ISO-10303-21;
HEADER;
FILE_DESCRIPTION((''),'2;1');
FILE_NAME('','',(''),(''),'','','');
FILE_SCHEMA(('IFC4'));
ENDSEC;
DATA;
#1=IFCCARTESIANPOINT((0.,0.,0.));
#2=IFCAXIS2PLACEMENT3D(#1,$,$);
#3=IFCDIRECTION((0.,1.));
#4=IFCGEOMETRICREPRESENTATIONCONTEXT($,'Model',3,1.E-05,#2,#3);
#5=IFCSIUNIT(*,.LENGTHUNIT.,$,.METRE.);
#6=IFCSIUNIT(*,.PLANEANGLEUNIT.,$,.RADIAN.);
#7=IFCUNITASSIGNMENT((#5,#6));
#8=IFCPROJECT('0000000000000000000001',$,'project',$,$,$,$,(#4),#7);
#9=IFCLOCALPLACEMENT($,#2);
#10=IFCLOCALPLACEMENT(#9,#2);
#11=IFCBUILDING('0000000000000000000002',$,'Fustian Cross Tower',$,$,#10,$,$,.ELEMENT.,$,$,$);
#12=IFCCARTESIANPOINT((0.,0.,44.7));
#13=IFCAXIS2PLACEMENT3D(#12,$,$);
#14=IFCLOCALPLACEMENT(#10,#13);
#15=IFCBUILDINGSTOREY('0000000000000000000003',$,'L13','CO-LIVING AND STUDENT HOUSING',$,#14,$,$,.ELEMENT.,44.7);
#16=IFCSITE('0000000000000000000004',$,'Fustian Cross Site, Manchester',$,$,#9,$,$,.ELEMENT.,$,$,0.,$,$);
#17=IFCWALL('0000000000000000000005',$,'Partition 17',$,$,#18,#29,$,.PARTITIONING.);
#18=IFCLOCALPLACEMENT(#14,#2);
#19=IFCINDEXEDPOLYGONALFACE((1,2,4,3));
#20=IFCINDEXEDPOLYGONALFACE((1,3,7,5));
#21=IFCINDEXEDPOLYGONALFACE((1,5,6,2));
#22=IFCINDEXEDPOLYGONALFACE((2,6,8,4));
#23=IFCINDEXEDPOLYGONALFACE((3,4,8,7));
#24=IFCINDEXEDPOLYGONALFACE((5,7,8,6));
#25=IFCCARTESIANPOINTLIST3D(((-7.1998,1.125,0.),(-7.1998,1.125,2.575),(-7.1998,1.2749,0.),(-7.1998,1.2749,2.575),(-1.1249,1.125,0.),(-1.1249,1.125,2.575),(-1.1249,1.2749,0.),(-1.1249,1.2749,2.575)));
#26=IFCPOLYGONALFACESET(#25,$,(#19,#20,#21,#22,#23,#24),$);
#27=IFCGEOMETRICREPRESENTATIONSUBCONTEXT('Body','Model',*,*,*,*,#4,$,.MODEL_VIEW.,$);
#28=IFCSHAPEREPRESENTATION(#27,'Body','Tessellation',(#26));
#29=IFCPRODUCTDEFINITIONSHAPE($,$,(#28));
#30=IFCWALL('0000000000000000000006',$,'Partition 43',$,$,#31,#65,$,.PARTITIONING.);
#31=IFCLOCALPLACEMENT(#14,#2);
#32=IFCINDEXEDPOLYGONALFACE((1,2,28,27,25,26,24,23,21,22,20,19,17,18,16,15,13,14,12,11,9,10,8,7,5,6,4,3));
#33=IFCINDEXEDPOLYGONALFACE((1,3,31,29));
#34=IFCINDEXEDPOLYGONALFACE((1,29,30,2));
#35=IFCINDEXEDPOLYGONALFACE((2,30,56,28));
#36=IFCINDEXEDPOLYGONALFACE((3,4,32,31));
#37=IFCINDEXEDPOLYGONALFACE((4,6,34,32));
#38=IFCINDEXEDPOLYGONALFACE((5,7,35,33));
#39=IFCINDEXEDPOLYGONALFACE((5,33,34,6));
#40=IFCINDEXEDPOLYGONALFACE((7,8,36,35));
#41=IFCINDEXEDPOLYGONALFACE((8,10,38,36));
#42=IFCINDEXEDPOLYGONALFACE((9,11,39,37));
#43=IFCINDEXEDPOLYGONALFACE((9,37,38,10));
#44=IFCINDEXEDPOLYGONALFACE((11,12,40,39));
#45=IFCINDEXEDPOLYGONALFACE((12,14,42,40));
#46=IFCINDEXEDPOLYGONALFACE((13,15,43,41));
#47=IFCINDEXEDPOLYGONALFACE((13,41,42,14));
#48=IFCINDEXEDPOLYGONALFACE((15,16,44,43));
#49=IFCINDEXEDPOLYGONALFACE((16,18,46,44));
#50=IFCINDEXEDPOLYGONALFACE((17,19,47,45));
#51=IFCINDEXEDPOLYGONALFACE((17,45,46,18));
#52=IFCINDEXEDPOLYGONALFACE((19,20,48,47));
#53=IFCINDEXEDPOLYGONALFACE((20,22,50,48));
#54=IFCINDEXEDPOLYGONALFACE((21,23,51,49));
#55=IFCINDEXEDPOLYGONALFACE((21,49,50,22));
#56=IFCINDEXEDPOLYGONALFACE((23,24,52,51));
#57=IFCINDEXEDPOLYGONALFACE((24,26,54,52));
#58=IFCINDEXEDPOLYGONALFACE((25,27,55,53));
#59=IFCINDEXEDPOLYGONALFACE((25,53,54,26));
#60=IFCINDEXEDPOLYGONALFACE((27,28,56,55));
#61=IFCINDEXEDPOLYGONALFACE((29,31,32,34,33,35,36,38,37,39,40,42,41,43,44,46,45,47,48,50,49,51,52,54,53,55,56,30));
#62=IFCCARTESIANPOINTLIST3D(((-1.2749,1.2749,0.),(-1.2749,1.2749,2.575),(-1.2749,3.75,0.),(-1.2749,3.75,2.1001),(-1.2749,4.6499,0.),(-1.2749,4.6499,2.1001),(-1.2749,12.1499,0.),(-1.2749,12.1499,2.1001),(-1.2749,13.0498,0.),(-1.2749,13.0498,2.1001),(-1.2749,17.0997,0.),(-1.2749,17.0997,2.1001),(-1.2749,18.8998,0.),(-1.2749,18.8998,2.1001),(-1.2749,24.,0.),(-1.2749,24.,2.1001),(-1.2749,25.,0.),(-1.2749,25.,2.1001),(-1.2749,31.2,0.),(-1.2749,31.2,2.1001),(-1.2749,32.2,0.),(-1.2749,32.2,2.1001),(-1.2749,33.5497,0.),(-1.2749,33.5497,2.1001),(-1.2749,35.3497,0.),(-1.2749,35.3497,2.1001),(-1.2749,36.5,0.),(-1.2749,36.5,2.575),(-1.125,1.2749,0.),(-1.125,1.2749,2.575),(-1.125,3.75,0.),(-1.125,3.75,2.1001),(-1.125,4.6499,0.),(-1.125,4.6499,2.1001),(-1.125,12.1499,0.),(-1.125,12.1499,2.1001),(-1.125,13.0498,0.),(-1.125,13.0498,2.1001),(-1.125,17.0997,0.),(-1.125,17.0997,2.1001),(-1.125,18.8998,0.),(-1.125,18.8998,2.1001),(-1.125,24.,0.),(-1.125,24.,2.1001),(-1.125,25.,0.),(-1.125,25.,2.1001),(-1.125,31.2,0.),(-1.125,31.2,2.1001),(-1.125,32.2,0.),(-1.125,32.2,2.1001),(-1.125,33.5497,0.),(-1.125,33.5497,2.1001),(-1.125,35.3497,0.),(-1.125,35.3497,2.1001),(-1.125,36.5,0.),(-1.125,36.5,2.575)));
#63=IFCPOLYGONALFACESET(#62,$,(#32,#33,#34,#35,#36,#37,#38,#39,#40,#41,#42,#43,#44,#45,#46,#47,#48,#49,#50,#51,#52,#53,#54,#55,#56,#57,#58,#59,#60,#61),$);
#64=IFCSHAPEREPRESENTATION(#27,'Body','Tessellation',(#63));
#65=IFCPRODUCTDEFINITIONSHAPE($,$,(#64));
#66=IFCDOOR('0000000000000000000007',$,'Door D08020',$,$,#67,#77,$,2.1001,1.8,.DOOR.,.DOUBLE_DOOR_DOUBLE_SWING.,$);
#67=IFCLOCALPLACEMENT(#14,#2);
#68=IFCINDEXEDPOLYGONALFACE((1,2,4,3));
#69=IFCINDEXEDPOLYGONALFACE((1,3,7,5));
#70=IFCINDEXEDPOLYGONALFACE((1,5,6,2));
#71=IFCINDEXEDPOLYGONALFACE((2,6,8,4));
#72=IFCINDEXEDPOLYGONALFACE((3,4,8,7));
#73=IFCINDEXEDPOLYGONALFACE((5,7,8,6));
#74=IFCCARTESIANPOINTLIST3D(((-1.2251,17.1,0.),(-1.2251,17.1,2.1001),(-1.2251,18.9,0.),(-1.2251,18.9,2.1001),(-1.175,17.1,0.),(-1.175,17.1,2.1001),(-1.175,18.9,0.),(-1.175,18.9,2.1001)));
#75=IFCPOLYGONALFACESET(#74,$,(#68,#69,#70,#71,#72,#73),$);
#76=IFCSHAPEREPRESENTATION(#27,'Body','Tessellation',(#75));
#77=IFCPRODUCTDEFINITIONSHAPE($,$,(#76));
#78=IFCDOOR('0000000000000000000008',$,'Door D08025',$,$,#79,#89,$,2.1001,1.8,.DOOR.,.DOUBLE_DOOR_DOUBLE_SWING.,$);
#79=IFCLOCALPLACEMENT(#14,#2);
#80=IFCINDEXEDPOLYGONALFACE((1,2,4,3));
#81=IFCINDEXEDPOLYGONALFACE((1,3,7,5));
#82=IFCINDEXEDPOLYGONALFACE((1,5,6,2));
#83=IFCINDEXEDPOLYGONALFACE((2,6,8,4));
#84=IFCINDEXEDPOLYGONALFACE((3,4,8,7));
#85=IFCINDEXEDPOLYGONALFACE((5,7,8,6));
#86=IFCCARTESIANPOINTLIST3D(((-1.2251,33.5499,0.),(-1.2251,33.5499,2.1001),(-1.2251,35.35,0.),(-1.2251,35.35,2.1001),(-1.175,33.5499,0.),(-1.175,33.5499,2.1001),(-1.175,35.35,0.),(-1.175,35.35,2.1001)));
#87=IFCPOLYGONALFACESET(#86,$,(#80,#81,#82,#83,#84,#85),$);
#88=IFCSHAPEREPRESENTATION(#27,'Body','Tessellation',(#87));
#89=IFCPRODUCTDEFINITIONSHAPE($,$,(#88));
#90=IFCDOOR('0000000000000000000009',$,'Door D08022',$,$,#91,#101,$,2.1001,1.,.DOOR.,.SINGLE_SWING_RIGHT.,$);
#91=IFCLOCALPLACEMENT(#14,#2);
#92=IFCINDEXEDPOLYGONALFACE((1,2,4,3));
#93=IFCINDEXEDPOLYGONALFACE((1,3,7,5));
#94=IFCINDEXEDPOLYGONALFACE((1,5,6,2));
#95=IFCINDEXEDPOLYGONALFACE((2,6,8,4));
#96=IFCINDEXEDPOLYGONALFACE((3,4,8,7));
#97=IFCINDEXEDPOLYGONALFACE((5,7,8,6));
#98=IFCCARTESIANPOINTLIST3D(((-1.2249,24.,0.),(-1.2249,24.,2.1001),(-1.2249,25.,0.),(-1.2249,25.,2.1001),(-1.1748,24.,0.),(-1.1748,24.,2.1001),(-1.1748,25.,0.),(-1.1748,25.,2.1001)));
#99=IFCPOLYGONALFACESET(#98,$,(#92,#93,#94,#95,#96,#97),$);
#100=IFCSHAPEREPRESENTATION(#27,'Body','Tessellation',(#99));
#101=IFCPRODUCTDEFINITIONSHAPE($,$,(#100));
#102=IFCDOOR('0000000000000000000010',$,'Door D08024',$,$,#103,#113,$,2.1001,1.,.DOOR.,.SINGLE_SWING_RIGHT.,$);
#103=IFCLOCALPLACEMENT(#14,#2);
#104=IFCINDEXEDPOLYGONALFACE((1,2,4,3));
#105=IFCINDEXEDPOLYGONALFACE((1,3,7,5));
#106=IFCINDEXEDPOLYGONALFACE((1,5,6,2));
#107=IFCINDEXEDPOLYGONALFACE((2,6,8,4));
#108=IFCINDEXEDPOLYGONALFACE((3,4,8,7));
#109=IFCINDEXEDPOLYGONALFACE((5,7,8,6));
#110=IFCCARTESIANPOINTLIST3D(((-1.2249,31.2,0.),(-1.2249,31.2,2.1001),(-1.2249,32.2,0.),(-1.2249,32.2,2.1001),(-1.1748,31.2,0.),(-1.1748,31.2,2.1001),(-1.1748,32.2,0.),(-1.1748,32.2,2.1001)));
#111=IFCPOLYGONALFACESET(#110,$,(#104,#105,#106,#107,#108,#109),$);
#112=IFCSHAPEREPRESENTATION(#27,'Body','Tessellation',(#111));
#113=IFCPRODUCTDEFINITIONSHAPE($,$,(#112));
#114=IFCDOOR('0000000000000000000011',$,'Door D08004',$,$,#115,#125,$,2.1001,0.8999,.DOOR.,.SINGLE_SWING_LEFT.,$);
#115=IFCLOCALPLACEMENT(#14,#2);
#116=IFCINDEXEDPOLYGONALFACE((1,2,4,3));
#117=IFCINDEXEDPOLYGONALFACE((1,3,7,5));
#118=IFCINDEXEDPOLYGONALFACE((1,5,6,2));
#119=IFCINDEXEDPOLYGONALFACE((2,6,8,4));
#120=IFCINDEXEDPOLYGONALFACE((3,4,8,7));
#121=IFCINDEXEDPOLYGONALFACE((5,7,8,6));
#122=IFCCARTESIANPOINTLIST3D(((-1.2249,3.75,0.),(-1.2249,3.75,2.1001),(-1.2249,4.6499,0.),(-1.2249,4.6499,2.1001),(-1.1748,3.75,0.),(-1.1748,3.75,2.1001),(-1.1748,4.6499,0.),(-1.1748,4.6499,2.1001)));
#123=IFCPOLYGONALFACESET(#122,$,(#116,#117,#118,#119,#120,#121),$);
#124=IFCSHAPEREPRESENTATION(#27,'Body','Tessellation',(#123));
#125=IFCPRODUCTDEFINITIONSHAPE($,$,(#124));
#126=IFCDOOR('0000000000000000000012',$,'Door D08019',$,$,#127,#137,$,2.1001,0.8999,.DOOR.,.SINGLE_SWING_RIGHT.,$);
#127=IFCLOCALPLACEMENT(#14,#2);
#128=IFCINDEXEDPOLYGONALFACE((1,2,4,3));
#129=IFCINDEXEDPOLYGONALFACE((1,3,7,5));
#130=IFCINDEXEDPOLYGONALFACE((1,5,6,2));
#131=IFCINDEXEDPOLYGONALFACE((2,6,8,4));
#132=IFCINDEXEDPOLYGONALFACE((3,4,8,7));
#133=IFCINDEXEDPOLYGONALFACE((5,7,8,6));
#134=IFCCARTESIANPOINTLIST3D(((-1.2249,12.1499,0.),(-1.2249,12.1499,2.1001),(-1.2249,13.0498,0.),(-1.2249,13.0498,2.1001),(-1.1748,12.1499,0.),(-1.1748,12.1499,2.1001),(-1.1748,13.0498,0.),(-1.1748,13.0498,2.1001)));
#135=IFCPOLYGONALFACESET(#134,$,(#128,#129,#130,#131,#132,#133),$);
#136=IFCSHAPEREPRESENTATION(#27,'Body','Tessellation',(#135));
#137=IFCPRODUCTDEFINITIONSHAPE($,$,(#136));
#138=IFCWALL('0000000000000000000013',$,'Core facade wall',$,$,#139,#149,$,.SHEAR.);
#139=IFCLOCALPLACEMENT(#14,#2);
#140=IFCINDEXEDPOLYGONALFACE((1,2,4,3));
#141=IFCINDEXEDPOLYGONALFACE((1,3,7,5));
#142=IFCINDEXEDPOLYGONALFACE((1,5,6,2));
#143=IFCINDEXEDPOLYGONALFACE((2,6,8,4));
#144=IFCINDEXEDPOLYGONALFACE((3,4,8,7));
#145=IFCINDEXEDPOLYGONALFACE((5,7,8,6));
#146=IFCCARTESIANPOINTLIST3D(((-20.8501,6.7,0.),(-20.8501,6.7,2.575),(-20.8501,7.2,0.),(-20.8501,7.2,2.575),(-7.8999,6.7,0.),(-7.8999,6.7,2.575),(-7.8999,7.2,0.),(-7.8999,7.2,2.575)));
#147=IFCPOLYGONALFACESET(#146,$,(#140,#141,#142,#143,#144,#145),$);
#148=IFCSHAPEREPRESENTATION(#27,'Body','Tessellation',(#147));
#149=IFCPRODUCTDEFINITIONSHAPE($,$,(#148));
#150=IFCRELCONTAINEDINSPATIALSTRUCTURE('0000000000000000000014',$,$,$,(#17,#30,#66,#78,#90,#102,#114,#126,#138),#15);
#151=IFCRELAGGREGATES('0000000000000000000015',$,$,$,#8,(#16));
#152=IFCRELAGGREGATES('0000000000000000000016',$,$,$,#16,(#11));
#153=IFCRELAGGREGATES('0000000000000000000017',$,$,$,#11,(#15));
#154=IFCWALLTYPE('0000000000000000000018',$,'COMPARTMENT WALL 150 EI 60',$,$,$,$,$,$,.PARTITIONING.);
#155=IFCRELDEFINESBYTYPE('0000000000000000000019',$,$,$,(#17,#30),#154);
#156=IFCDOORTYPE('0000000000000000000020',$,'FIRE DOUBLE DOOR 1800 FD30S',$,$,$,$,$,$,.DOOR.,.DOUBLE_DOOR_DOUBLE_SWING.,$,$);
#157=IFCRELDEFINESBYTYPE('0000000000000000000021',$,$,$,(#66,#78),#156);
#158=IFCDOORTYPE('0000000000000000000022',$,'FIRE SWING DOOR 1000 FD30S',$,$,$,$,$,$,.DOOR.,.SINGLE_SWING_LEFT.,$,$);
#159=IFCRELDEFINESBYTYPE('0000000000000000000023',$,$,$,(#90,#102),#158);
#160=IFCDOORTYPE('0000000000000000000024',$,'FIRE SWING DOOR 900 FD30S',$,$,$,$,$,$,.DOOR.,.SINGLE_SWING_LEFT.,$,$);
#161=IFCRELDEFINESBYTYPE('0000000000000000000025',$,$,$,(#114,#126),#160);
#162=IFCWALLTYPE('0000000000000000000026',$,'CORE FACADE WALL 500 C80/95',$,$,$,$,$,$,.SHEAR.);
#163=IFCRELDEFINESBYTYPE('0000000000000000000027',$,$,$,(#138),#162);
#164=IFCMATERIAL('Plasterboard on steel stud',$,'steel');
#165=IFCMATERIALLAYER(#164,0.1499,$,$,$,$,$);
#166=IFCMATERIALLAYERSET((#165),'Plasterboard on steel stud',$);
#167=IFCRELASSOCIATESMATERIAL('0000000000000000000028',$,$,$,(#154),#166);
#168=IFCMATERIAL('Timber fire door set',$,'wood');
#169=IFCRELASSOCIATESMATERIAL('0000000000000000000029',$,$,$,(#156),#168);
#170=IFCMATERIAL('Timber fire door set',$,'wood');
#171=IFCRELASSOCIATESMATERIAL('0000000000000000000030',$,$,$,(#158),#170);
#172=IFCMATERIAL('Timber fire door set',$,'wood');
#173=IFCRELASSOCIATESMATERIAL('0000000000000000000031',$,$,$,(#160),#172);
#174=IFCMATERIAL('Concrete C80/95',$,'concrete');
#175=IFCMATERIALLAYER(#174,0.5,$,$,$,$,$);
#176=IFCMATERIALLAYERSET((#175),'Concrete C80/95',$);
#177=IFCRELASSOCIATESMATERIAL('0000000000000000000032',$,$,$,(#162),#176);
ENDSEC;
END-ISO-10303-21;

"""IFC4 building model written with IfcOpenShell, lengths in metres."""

from ifc_helpers import new_model, si_unit, direction, frame, frame_2d, origin, place, context, subcontext, project, spatial, rectangle, extrude, material, layer, layer_set, type_object, element, fill, save


model = new_model("IFC4")

# Units and contexts
model_context = context("Model", 3, precision=1e-05, world=origin(), true_north=direction((0.0, 1.0)))
body_context = subcontext(model_context, "Body", "Model", "MODEL_VIEW")
ifc_project = project(units=[si_unit("LENGTHUNIT", "METRE"), si_unit("PLANEANGLEUNIT", "RADIAN")], contexts=[model_context])

# Site, building, storey
site_placement = place(None, origin())
site = spatial("IfcSite", under=ifc_project, at=site_placement, Name="Fustian Cross Site, Manchester", CompositionType="ELEMENT", RefElevation=0.0)
building_placement = place(site_placement, origin())
building = spatial("IfcBuilding", under=site, at=building_placement, Name="Fustian Cross Tower", CompositionType="ELEMENT")
storey_placement = place(building_placement, frame((0.0, 0.0, 44.7)))
storey = spatial("IfcBuildingStorey", under=building, at=storey_placement, Name="L13", Description="CO-LIVING AND STUDENT HOUSING", CompositionType="ELEMENT", Elevation=44.7)

# Wall
ifc_material_1 = material(Name="Plasterboard on steel stud", Category="steel")
ifc_layer_1 = layer(ifc_material_1, 0.1499)
ifc_layer_set_1 = layer_set([ifc_layer_1], Name="Plasterboard on steel stud")
wall_type_1 = type_object("IfcWallType", Name="COMPARTMENT WALL 150 EI 60", PredefinedType="PARTITIONING", material=ifc_layer_set_1)
wall_1_placement = place(storey_placement, frame((-7.2, 1.2, 0.0), z_axis=(0.0, 0.0, 1.0), x_axis=(1.0, 0.0, 0.0)))
element("IfcWall", 1, at=wall_1_placement, inside=storey, type_object=wall_type_1, Name="Partition 17", PredefinedType="PARTITIONING", context=body_context, shape_type="SweptSolid", body=[
    extrude(rectangle(XDim=6.075, YDim=0.1499, at=frame_2d((3.0376, 0.0))), origin(), (0.0, 0.0, 1.0), 2.575),
])

# Wall, openings, doors
wall_2_placement = place(storey_placement, frame((-1.2, 1.2749, 0.0), z_axis=(0.0, 0.0, 1.0), x_axis=(0.0, 1.0, 0.0)))
wall_2 = element("IfcWall", 2, at=wall_2_placement, inside=storey, type_object=wall_type_1, Name="Partition 43", PredefinedType="PARTITIONING", context=body_context, shape_type="SweptSolid", body=[
    extrude(rectangle(XDim=35.2251, YDim=0.1499, at=frame_2d((17.6125, 0.0))), origin(), (0.0, 0.0, 1.0), 2.575),
])
opening_1_placement = place(wall_2_placement, frame((2.4751, 0.0, 0.0)))
opening_1 = element("IfcOpeningElement", 3, at=opening_1_placement, cuts=wall_2, PredefinedType="OPENING", context=body_context, shape_type="SweptSolid", body=[
    extrude(rectangle(XDim=0.8999, YDim=2.1001, at=frame_2d((0.45, 1.05))), frame((0.0, 0.085, 0.0), z_axis=(0.0, -1.0, 0.0), x_axis=(1.0, 0.0, 0.0)), (0.0, 0.0, 1.0), 0.1699),
])
opening_2_placement = place(wall_2_placement, frame((10.875, 0.0, 0.0)))
opening_2 = element("IfcOpeningElement", 4, at=opening_2_placement, cuts=wall_2, PredefinedType="OPENING", context=body_context, shape_type="SweptSolid", body=[
    extrude(rectangle(XDim=0.8999, YDim=2.1001, at=frame_2d((0.45, 1.05))), frame((0.0, 0.085, 0.0), z_axis=(0.0, -1.0, 0.0), x_axis=(1.0, 0.0, 0.0)), (0.0, 0.0, 1.0), 0.1699),
])
opening_3_placement = place(wall_2_placement, frame((15.825, 0.0, 0.0)))
opening_3 = element("IfcOpeningElement", 5, at=opening_3_placement, cuts=wall_2, PredefinedType="OPENING", context=body_context, shape_type="SweptSolid", body=[
    extrude(rectangle(XDim=1.8, YDim=2.1001, at=frame_2d((0.8999, 1.05))), frame((0.0, 0.085, 0.0), z_axis=(0.0, -1.0, 0.0), x_axis=(1.0, 0.0, 0.0)), (0.0, 0.0, 1.0), 0.1699),
])
opening_4_placement = place(wall_2_placement, frame((22.7251, 0.0, 0.0)))
opening_4 = element("IfcOpeningElement", 6, at=opening_4_placement, cuts=wall_2, PredefinedType="OPENING", context=body_context, shape_type="SweptSolid", body=[
    extrude(rectangle(XDim=1.0, YDim=2.1001, at=frame_2d((0.5, 1.05))), frame((0.0, 0.085, 0.0), z_axis=(0.0, -1.0, 0.0), x_axis=(1.0, 0.0, 0.0)), (0.0, 0.0, 1.0), 0.1699),
])
opening_5_placement = place(wall_2_placement, frame((29.925, 0.0, 0.0)))
opening_5 = element("IfcOpeningElement", 7, at=opening_5_placement, cuts=wall_2, PredefinedType="OPENING", context=body_context, shape_type="SweptSolid", body=[
    extrude(rectangle(XDim=1.0, YDim=2.1001, at=frame_2d((0.5, 1.05))), frame((0.0, 0.085, 0.0), z_axis=(0.0, -1.0, 0.0), x_axis=(1.0, 0.0, 0.0)), (0.0, 0.0, 1.0), 0.1699),
])
opening_6_placement = place(wall_2_placement, frame((32.2749, 0.0, 0.0)))
opening_6 = element("IfcOpeningElement", 8, at=opening_6_placement, cuts=wall_2, PredefinedType="OPENING", context=body_context, shape_type="SweptSolid", body=[
    extrude(rectangle(XDim=1.8, YDim=2.1001, at=frame_2d((0.8999, 1.05))), frame((0.0, 0.085, 0.0), z_axis=(0.0, -1.0, 0.0), x_axis=(1.0, 0.0, 0.0)), (0.0, 0.0, 1.0), 0.1699),
])
ifc_material_2 = material(Name="Timber fire door set", Category="wood")
door_type_1 = type_object("IfcDoorType", Name="FIRE DOUBLE DOOR 1800 FD30S", OperationType="DOUBLE_DOOR_DOUBLE_SWING", PredefinedType="DOOR", material=ifc_material_2)
door_1_placement = place(opening_3_placement, frame((1.8, 0.0, 0.0), z_axis=(0.0, 0.0, 1.0), x_axis=(-1.0, 0.0, 0.0)))
door_1 = element("IfcDoor", 9, at=door_1_placement, inside=storey, type_object=door_type_1, Name="Door D08020", OperationType="DOUBLE_DOOR_DOUBLE_SWING", OverallHeight=2.1001, OverallWidth=1.8, PredefinedType="DOOR", context=body_context, shape_type="SweptSolid", body=[
    extrude(rectangle(XDim=1.8, YDim=2.1001, at=frame_2d((0.8999, 1.05))), frame((0.0, 0.0249, 0.0), z_axis=(0.0, -1.0, 0.0), x_axis=(1.0, 0.0, 0.0)), (0.0, 0.0, 1.0), 0.05),
])
fill(opening_3, door_1)
door_2_placement = place(opening_6_placement, frame((1.8, 0.0, 0.0), z_axis=(0.0, 0.0, 1.0), x_axis=(-1.0, 0.0, 0.0)))
door_2 = element("IfcDoor", 10, at=door_2_placement, inside=storey, type_object=door_type_1, Name="Door D08025", OperationType="DOUBLE_DOOR_DOUBLE_SWING", OverallHeight=2.1001, OverallWidth=1.8, PredefinedType="DOOR", context=body_context, shape_type="SweptSolid", body=[
    extrude(rectangle(XDim=1.8, YDim=2.1001, at=frame_2d((0.8999, 1.05))), frame((0.0, 0.0249, 0.0), z_axis=(0.0, -1.0, 0.0), x_axis=(1.0, 0.0, 0.0)), (0.0, 0.0, 1.0), 0.05),
])
fill(opening_6, door_2)
ifc_material_3 = material(Name="Timber fire door set", Category="wood")
door_type_2 = type_object("IfcDoorType", Name="FIRE SWING DOOR 1000 FD30S", OperationType="SINGLE_SWING_LEFT", PredefinedType="DOOR", material=ifc_material_3)
door_3_placement = place(opening_4_placement, origin())
door_3 = element("IfcDoor", 11, at=door_3_placement, inside=storey, type_object=door_type_2, Name="Door D08022", OperationType="SINGLE_SWING_RIGHT", OverallHeight=2.1001, OverallWidth=1.0, PredefinedType="DOOR", context=body_context, shape_type="SweptSolid", body=[
    extrude(rectangle(XDim=1.0, YDim=2.1001, at=frame_2d((0.5, 1.05))), frame((0.0, 0.0249, 0.0), z_axis=(0.0, -1.0, 0.0), x_axis=(1.0, 0.0, 0.0)), (0.0, 0.0, 1.0), 0.05),
])
fill(opening_4, door_3)
door_4_placement = place(opening_5_placement, origin())
door_4 = element("IfcDoor", 12, at=door_4_placement, inside=storey, type_object=door_type_2, Name="Door D08024", OperationType="SINGLE_SWING_RIGHT", OverallHeight=2.1001, OverallWidth=1.0, PredefinedType="DOOR", context=body_context, shape_type="SweptSolid", body=[
    extrude(rectangle(XDim=1.0, YDim=2.1001, at=frame_2d((0.5, 1.05))), frame((0.0, 0.0249, 0.0), z_axis=(0.0, -1.0, 0.0), x_axis=(1.0, 0.0, 0.0)), (0.0, 0.0, 1.0), 0.05),
])
fill(opening_5, door_4)
ifc_material_4 = material(Name="Timber fire door set", Category="wood")
door_type_3 = type_object("IfcDoorType", Name="FIRE SWING DOOR 900 FD30S", OperationType="SINGLE_SWING_LEFT", PredefinedType="DOOR", material=ifc_material_4)
door_5_placement = place(opening_1_placement, origin())
door_5 = element("IfcDoor", 13, at=door_5_placement, inside=storey, type_object=door_type_3, Name="Door D08004", OperationType="SINGLE_SWING_LEFT", OverallHeight=2.1001, OverallWidth=0.8999, PredefinedType="DOOR", context=body_context, shape_type="SweptSolid", body=[
    extrude(rectangle(XDim=0.8999, YDim=2.1001, at=frame_2d((0.45, 1.05))), frame((0.0, 0.0249, 0.0), z_axis=(0.0, -1.0, 0.0), x_axis=(1.0, 0.0, 0.0)), (0.0, 0.0, 1.0), 0.05),
])
fill(opening_1, door_5)
door_6_placement = place(opening_2_placement, origin())
door_6 = element("IfcDoor", 14, at=door_6_placement, inside=storey, type_object=door_type_3, Name="Door D08019", OperationType="SINGLE_SWING_RIGHT", OverallHeight=2.1001, OverallWidth=0.8999, PredefinedType="DOOR", context=body_context, shape_type="SweptSolid", body=[
    extrude(rectangle(XDim=0.8999, YDim=2.1001, at=frame_2d((0.45, 1.05))), frame((0.0, 0.0249, 0.0), z_axis=(0.0, -1.0, 0.0), x_axis=(1.0, 0.0, 0.0)), (0.0, 0.0, 1.0), 0.05),
])
fill(opening_2, door_6)

# Wall
ifc_material_5 = material(Name="Concrete C80/95", Category="concrete")
ifc_layer_2 = layer(ifc_material_5, 0.5)
ifc_layer_set_2 = layer_set([ifc_layer_2], Name="Concrete C80/95")
wall_type_2 = type_object("IfcWallType", Name="CORE FACADE WALL 500 C80/95", PredefinedType="SHEAR", material=ifc_layer_set_2)
wall_3_placement = place(storey_placement, frame((-7.8999, 6.95, 0.0), z_axis=(0.0, 0.0, 1.0), x_axis=(-1.0, 0.0, 0.0)))
element("IfcWall", 15, at=wall_3_placement, inside=storey, type_object=wall_type_2, Name="Core facade wall", PredefinedType="SHEAR", context=body_context, shape_type="SweptSolid", body=[
    extrude(rectangle(XDim=12.9502, YDim=0.5, at=frame_2d((6.4751, 0.0))), origin(), (0.0, 0.0, 1.0), 2.575),
])

save(model, "model.ifc")
